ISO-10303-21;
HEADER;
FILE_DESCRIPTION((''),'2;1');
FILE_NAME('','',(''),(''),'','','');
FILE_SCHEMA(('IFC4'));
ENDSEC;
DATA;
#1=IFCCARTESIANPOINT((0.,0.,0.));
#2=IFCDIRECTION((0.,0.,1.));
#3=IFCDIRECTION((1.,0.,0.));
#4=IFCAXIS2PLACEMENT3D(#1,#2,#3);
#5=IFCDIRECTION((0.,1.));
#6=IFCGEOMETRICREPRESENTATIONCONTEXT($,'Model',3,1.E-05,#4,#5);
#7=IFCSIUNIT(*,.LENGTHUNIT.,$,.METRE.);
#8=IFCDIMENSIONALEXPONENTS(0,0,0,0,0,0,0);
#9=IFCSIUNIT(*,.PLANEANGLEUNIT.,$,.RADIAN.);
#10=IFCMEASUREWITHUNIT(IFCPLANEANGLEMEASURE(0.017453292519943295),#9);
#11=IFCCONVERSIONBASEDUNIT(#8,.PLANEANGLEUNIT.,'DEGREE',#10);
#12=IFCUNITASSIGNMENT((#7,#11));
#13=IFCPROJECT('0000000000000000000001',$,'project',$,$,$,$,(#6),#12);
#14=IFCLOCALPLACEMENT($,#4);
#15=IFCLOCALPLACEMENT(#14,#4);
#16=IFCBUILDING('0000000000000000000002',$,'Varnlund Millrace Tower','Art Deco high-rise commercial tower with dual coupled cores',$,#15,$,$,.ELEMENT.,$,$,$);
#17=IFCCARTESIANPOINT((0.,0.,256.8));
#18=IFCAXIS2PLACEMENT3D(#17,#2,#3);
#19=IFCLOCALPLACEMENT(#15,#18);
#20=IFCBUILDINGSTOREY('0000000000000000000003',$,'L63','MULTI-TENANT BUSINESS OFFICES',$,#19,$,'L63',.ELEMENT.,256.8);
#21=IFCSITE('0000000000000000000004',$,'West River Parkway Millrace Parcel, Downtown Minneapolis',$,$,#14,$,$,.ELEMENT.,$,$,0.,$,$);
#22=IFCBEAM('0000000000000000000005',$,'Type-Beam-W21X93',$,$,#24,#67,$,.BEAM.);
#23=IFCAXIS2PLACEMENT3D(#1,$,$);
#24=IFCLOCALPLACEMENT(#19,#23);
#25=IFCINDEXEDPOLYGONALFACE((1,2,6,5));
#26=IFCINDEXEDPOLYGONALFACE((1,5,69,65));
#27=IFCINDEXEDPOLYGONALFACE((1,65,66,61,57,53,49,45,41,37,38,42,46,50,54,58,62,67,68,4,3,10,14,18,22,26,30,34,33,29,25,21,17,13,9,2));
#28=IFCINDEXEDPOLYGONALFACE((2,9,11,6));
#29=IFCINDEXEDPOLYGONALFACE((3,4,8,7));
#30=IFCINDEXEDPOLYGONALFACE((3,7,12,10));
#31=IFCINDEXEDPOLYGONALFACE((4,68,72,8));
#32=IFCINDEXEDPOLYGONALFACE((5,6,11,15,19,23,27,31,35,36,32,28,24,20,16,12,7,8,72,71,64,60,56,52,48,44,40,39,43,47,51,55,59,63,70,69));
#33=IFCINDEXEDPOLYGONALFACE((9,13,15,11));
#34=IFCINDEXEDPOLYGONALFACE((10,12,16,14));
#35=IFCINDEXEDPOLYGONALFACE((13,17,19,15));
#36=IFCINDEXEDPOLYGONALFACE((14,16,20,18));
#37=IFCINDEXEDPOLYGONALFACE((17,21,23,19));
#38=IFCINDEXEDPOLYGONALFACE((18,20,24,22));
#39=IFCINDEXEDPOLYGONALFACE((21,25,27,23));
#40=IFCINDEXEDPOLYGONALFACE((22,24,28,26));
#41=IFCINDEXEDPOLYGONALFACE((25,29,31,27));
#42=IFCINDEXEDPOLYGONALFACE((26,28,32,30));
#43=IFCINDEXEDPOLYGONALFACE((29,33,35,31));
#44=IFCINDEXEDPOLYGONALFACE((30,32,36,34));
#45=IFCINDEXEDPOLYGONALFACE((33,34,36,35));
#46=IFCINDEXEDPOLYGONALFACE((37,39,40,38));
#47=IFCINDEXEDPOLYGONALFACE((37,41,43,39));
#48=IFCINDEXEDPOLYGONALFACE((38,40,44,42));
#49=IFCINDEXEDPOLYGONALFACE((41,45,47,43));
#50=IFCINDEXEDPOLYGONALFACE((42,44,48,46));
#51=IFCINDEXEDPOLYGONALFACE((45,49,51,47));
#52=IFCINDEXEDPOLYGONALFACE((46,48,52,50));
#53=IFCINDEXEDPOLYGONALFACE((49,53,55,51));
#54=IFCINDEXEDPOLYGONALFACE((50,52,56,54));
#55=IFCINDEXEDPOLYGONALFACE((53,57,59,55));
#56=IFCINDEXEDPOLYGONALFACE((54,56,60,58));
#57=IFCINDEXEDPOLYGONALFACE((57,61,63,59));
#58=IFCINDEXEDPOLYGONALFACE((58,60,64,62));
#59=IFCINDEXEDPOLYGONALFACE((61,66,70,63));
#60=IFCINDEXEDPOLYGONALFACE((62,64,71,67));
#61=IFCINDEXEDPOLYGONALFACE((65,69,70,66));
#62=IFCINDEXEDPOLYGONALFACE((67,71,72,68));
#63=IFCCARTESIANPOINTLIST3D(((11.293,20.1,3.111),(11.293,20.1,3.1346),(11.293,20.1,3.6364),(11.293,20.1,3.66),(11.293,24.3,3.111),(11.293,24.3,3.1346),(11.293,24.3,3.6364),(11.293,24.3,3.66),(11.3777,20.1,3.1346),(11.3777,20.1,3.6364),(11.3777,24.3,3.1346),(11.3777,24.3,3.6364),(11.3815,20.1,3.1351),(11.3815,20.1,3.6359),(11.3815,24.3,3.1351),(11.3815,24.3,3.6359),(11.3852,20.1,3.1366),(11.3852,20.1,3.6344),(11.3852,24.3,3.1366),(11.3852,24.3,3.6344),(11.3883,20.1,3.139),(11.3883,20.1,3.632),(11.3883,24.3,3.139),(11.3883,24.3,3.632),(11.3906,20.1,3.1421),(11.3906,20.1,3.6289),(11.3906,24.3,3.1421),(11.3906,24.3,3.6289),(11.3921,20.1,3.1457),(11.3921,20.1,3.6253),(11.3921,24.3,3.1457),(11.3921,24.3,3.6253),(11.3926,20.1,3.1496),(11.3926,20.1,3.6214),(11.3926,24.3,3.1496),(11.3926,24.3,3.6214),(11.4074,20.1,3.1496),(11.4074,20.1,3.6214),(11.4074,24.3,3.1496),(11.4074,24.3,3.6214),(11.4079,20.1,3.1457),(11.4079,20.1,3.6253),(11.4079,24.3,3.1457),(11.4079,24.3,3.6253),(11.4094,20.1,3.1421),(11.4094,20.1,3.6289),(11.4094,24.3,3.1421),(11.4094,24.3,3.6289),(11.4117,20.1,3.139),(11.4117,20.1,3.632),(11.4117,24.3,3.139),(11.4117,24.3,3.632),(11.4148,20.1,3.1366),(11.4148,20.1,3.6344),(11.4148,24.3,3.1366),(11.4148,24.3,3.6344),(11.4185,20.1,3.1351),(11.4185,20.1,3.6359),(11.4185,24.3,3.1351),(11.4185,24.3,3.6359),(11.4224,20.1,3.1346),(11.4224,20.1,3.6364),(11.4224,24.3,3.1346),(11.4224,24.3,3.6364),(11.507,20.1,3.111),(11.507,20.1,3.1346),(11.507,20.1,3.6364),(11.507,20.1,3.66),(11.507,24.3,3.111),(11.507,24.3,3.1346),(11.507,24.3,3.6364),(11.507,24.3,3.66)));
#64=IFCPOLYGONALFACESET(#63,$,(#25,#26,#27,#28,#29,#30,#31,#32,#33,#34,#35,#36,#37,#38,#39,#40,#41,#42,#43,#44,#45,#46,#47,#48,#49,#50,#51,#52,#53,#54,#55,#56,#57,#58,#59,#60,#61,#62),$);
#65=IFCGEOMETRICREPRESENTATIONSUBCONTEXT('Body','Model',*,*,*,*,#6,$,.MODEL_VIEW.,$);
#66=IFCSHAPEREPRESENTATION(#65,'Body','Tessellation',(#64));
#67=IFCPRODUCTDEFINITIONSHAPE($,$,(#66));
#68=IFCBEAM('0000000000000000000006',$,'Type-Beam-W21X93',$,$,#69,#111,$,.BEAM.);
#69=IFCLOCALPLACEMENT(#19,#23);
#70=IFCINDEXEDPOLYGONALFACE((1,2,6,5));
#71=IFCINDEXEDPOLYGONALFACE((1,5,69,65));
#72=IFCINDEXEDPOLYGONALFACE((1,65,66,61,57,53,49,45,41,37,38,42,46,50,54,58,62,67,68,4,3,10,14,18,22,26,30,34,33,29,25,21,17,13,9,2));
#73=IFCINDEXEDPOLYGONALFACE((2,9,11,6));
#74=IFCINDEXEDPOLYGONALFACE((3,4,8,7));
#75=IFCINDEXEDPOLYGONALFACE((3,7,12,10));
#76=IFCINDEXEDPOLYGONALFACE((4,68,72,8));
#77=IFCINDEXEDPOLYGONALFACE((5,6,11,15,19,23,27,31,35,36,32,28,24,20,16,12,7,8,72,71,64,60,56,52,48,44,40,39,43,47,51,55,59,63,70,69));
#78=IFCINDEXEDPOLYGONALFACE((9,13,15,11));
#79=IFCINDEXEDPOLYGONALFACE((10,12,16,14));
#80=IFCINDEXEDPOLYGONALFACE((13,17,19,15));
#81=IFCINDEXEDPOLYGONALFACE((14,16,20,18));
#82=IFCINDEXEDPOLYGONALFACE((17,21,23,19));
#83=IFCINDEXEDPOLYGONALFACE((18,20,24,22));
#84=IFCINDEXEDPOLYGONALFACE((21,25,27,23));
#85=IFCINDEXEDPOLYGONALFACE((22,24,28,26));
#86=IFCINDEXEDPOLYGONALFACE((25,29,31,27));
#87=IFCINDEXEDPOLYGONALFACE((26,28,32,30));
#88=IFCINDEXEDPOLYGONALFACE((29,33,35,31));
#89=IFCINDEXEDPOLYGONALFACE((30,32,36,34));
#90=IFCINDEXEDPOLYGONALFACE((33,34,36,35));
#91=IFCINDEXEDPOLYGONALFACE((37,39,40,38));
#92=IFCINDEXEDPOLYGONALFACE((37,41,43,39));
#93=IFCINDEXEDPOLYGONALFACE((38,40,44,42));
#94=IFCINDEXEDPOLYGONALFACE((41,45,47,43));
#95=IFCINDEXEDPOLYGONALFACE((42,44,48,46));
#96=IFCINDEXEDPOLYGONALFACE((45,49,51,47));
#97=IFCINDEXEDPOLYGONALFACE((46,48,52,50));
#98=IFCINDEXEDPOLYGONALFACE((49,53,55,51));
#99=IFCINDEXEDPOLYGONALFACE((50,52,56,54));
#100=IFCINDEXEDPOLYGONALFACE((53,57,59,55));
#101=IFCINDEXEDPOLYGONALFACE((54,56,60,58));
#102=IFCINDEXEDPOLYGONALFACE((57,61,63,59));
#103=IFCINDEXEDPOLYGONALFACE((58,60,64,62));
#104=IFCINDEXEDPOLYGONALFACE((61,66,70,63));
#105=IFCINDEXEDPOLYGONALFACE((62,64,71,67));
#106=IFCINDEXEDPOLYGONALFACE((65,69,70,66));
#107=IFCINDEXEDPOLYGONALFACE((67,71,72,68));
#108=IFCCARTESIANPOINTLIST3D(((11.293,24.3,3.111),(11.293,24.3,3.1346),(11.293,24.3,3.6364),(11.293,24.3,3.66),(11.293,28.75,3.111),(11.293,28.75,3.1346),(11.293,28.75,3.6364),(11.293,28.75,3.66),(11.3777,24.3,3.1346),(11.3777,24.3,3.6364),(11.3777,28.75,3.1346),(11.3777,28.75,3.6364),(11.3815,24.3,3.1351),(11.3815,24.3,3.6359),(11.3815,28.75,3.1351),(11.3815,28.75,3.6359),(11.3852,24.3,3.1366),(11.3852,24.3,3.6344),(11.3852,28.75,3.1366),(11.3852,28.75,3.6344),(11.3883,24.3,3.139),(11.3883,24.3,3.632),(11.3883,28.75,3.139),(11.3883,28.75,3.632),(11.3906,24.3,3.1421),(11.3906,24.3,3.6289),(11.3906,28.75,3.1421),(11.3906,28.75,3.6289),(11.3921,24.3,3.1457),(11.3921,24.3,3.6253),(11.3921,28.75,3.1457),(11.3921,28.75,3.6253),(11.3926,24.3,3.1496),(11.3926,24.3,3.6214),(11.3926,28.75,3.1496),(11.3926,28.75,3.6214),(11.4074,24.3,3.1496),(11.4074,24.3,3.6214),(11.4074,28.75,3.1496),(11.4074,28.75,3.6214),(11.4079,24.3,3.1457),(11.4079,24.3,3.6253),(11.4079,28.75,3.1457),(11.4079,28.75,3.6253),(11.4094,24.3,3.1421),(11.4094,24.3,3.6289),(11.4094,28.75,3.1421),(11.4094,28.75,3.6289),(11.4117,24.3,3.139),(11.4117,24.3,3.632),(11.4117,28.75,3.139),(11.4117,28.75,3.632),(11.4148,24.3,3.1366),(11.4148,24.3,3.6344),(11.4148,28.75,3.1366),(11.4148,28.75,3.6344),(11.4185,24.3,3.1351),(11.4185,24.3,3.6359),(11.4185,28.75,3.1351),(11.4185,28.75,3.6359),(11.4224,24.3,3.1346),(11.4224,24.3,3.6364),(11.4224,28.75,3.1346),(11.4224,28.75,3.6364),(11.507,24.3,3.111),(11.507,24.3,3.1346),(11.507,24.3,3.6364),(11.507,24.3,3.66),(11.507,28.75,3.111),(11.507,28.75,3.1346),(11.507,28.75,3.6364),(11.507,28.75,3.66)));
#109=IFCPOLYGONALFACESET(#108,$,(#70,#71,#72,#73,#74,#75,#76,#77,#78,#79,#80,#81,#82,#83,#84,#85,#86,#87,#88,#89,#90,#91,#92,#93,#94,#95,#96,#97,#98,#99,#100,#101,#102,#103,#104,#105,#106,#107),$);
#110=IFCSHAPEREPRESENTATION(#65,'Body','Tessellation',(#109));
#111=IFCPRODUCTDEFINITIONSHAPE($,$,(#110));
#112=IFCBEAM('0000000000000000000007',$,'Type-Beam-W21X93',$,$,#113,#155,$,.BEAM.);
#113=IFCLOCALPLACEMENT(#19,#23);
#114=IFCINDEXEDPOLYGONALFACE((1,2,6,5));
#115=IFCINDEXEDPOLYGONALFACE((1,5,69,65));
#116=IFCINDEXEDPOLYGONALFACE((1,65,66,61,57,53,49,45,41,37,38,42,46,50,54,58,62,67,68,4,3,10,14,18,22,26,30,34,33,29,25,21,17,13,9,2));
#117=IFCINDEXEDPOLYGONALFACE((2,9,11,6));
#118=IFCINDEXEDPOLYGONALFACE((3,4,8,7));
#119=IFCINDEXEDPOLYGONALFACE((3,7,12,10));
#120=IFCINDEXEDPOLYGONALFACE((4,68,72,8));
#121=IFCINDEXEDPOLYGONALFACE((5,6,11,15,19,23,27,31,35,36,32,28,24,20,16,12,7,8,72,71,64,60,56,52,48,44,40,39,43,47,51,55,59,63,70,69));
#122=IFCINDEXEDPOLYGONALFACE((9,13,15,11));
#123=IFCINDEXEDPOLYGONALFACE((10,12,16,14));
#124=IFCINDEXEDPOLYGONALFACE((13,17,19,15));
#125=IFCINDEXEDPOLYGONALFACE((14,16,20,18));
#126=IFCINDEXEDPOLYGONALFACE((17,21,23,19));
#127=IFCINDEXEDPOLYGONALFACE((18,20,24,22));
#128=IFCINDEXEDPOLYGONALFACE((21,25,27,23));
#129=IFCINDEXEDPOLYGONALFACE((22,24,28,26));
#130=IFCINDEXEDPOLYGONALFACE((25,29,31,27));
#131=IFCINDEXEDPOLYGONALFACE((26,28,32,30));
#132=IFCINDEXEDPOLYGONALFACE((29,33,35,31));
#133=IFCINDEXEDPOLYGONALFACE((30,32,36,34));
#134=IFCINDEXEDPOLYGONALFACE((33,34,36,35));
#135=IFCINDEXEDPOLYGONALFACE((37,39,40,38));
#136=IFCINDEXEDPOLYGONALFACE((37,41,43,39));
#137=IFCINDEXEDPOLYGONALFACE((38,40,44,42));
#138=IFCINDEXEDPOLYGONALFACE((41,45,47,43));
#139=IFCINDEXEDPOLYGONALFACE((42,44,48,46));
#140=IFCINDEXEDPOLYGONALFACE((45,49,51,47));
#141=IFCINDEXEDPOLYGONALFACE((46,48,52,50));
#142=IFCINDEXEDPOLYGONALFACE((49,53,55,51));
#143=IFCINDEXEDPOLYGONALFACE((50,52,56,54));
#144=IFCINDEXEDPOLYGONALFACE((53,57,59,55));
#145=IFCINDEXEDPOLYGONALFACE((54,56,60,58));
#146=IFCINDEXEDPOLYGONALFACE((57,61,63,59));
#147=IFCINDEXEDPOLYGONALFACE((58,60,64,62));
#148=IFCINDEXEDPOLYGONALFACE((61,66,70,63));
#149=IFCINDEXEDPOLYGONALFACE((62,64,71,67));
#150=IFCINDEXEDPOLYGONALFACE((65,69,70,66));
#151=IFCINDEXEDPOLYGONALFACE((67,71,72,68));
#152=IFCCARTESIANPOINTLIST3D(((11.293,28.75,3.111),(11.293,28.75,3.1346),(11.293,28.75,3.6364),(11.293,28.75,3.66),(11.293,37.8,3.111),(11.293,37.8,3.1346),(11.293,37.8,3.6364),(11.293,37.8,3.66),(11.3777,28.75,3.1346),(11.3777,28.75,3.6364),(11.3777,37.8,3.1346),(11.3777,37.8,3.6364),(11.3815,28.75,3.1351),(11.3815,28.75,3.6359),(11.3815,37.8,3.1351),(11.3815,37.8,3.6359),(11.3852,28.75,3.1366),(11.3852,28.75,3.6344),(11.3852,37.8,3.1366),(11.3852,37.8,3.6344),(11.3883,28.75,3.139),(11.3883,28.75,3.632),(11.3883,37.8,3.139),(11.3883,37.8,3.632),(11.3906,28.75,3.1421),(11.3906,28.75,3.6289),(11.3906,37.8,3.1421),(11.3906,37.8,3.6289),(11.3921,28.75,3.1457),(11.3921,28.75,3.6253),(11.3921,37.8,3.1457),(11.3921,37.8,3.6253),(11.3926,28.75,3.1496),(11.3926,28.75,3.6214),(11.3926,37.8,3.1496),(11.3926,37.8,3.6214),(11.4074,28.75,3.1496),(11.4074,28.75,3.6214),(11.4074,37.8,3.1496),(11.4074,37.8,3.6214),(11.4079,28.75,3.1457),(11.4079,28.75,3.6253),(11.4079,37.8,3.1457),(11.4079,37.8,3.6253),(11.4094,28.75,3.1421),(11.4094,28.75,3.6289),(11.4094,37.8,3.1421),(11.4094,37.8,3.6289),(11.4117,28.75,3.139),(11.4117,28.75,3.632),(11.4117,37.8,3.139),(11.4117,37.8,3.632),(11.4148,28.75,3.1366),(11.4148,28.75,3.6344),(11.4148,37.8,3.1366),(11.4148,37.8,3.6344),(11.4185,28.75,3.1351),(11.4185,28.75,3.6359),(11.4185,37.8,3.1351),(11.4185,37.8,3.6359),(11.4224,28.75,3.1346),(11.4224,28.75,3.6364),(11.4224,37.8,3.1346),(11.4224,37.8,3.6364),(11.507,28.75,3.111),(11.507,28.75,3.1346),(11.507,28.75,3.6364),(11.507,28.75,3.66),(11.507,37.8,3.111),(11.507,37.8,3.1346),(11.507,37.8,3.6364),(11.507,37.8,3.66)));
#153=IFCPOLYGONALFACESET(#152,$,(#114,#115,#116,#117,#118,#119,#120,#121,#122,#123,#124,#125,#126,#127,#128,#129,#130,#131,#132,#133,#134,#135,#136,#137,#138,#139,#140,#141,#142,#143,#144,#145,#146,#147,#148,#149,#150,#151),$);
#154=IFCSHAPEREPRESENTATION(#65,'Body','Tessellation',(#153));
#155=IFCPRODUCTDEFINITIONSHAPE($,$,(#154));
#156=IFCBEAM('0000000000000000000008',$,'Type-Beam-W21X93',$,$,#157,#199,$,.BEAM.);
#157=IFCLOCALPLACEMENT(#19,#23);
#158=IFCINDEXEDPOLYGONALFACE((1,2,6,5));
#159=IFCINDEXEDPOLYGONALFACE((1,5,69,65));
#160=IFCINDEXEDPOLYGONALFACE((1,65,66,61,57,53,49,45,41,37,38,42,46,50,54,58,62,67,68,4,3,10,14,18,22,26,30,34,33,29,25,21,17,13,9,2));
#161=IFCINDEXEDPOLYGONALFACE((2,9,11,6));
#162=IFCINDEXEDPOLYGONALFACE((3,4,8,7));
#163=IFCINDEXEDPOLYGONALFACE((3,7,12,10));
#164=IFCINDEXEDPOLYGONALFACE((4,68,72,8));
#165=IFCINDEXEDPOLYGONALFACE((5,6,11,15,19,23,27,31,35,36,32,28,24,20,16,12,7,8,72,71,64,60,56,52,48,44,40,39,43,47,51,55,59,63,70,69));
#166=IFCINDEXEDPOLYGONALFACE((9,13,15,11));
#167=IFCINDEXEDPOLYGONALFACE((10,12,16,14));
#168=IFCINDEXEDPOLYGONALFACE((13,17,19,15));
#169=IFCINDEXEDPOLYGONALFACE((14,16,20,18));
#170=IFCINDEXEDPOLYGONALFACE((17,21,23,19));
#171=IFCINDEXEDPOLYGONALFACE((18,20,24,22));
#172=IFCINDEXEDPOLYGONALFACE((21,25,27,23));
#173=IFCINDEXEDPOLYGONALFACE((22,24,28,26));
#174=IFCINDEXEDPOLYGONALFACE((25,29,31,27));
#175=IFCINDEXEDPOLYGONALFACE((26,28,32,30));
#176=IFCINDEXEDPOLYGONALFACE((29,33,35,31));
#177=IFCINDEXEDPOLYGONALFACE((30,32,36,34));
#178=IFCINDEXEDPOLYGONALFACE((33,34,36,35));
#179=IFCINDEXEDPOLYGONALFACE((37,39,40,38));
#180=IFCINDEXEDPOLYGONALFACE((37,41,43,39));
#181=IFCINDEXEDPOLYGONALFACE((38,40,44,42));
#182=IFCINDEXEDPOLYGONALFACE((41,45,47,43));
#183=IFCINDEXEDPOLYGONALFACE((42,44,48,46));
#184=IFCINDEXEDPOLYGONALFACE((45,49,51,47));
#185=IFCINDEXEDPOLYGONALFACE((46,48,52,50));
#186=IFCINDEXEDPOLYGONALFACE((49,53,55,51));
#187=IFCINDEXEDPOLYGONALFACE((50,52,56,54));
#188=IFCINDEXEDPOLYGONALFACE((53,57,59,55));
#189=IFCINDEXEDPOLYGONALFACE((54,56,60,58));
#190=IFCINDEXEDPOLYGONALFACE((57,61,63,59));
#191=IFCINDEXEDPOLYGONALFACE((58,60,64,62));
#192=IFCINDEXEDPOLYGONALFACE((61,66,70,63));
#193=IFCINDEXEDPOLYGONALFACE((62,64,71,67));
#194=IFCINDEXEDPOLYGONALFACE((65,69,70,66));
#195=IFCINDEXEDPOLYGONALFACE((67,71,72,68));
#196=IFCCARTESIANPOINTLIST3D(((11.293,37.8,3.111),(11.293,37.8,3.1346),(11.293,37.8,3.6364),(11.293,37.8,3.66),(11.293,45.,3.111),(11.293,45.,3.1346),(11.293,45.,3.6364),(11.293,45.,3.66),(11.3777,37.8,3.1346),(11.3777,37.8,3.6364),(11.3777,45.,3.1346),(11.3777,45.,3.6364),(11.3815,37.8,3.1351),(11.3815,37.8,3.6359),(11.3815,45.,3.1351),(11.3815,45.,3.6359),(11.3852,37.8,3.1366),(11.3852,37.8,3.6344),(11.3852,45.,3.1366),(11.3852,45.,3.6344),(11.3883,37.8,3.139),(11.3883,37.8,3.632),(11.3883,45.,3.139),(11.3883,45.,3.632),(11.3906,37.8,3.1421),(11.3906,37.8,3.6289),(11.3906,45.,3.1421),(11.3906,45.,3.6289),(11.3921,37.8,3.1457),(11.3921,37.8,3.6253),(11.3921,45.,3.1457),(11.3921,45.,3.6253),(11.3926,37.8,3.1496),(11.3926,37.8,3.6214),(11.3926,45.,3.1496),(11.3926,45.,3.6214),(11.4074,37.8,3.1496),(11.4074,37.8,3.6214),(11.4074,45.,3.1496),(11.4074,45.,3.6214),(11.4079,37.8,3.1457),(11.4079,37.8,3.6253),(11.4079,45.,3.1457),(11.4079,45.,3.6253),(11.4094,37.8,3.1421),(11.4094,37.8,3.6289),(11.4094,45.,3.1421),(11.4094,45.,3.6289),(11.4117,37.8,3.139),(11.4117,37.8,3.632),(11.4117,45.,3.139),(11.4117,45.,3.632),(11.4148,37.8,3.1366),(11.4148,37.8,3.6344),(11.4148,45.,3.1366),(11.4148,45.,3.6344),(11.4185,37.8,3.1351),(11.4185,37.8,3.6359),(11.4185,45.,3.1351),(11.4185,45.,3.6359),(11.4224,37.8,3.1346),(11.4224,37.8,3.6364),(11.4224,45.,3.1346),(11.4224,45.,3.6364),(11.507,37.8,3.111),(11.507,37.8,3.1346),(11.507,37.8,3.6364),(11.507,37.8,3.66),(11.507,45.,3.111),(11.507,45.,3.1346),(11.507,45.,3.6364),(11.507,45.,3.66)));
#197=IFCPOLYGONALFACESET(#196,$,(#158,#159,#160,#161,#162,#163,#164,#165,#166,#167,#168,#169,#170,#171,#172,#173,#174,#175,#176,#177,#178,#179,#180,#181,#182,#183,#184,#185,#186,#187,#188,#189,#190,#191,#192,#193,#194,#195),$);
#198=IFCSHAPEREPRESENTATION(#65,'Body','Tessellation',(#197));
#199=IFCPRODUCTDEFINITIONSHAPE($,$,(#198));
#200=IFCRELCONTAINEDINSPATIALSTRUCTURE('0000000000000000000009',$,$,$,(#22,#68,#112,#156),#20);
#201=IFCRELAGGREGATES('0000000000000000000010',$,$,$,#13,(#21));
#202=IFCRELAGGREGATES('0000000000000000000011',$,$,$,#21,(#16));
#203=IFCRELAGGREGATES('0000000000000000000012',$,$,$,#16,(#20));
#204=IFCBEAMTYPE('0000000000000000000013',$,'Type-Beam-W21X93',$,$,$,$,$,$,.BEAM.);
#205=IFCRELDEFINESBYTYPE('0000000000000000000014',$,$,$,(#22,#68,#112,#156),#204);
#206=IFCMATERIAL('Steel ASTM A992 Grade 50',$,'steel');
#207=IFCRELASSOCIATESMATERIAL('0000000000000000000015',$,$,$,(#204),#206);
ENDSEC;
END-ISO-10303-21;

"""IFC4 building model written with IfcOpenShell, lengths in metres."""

from ifc_helpers import new_model, entity, si_unit, converted_unit, direction, frame, origin_with_axes, origin_2d_with_axis, place, context, subcontext, project, spatial, i_section, extrude, material, material_profile, profile_set, type_object, element, save


model = new_model("IFC4")

# Units and contexts
model_context = context("Model", 3, precision=1e-05, world=origin_with_axes(), true_north=direction((0.0, 1.0)))
body_context = subcontext(model_context, "Body", "Model", "MODEL_VIEW")
ifc_project = project(units=[si_unit("LENGTHUNIT", "METRE"), converted_unit("PLANEANGLEUNIT", "DEGREE", entity("IfcPlaneAngleMeasure", 0.017453292519943295), si_unit("PLANEANGLEUNIT", "RADIAN"), dimensions=[0, 0, 0, 0, 0, 0, 0])], contexts=[model_context])

# Site, building, storey
site_placement = place(None, origin_with_axes())
site = spatial("IfcSite", under=ifc_project, at=site_placement, Name="West River Parkway Millrace Parcel, Downtown Minneapolis", CompositionType="ELEMENT", RefElevation=0.0)
building_placement = place(site_placement, origin_with_axes())
building = spatial("IfcBuilding", under=site, at=building_placement, Name="Varnlund Millrace Tower", Description="Art Deco high-rise commercial tower with dual coupled cores", CompositionType="ELEMENT")
storey_placement = place(building_placement, frame((0.0, 0.0, 256.8), z_axis=(0.0, 0.0, 1.0), x_axis=(1.0, 0.0, 0.0)))
storey = spatial("IfcBuildingStorey", under=building, at=storey_placement, Name="L63", Description="MULTI-TENANT BUSINESS OFFICES", LongName="L63", CompositionType="ELEMENT", Elevation=256.8)

# Beams
ifc_material_1 = material(Name="Steel ASTM A992 Grade 50", Category="steel")
ifc_material_profile_1 = material_profile(ifc_material_1, i_section(OverallWidth=0.214, OverallDepth=0.549, WebThickness=0.0147, FlangeThickness=0.0236, FilletRadius=0.015, at=origin_2d_with_axis()), Name="Steel ASTM A992 Grade 50")
ifc_profile_set_1 = profile_set([ifc_material_profile_1], Name="Steel ASTM A992 Grade 50")
beam_type_1 = type_object("IfcBeamType", Name="Type-Beam-W21X93", PredefinedType="BEAM", material=ifc_profile_set_1)
beam_1_placement = place(storey_placement, frame((11.4, 20.1, 3.3855), z_axis=(0.0, 1.0, 0.0), x_axis=(-1.0, 0.0, 0.0)))
element("IfcBeam", 1, at=beam_1_placement, inside=storey, type_object=beam_type_1, Name="Type-Beam-W21X93", PredefinedType="BEAM", context=body_context, shape_type="SweptSolid", body=[
    extrude(i_section(OverallWidth=0.214, OverallDepth=0.549, WebThickness=0.0147, FlangeThickness=0.0236, FilletRadius=0.015, at=origin_2d_with_axis()), origin_with_axes(), (0.0, 0.0, 1.0), 4.2),
])
beam_2_placement = place(storey_placement, frame((11.4, 24.3, 3.3855), z_axis=(0.0, 1.0, 0.0), x_axis=(-1.0, 0.0, 0.0)))
element("IfcBeam", 2, at=beam_2_placement, inside=storey, type_object=beam_type_1, Name="Type-Beam-W21X93", PredefinedType="BEAM", context=body_context, shape_type="SweptSolid", body=[
    extrude(i_section(OverallWidth=0.214, OverallDepth=0.549, WebThickness=0.0147, FlangeThickness=0.0236, FilletRadius=0.015, at=origin_2d_with_axis()), origin_with_axes(), (0.0, 0.0, 1.0), 4.45),
])
beam_3_placement = place(storey_placement, frame((11.4, 28.75, 3.3855), z_axis=(0.0, 1.0, 0.0), x_axis=(-1.0, 0.0, 0.0)))
element("IfcBeam", 3, at=beam_3_placement, inside=storey, type_object=beam_type_1, Name="Type-Beam-W21X93", PredefinedType="BEAM", context=body_context, shape_type="SweptSolid", body=[
    extrude(i_section(OverallWidth=0.214, OverallDepth=0.549, WebThickness=0.0147, FlangeThickness=0.0236, FilletRadius=0.015, at=origin_2d_with_axis()), origin_with_axes(), (0.0, 0.0, 1.0), 9.05),
])
beam_4_placement = place(storey_placement, frame((11.4, 37.8, 3.3855), z_axis=(0.0, 1.0, 0.0), x_axis=(-1.0, 0.0, 0.0)))
element("IfcBeam", 4, at=beam_4_placement, inside=storey, type_object=beam_type_1, Name="Type-Beam-W21X93", PredefinedType="BEAM", context=body_context, shape_type="SweptSolid", body=[
    extrude(i_section(OverallWidth=0.214, OverallDepth=0.549, WebThickness=0.0147, FlangeThickness=0.0236, FilletRadius=0.015, at=origin_2d_with_axis()), origin_with_axes(), (0.0, 0.0, 1.0), 7.2),
])

save(model, "model.ifc")
